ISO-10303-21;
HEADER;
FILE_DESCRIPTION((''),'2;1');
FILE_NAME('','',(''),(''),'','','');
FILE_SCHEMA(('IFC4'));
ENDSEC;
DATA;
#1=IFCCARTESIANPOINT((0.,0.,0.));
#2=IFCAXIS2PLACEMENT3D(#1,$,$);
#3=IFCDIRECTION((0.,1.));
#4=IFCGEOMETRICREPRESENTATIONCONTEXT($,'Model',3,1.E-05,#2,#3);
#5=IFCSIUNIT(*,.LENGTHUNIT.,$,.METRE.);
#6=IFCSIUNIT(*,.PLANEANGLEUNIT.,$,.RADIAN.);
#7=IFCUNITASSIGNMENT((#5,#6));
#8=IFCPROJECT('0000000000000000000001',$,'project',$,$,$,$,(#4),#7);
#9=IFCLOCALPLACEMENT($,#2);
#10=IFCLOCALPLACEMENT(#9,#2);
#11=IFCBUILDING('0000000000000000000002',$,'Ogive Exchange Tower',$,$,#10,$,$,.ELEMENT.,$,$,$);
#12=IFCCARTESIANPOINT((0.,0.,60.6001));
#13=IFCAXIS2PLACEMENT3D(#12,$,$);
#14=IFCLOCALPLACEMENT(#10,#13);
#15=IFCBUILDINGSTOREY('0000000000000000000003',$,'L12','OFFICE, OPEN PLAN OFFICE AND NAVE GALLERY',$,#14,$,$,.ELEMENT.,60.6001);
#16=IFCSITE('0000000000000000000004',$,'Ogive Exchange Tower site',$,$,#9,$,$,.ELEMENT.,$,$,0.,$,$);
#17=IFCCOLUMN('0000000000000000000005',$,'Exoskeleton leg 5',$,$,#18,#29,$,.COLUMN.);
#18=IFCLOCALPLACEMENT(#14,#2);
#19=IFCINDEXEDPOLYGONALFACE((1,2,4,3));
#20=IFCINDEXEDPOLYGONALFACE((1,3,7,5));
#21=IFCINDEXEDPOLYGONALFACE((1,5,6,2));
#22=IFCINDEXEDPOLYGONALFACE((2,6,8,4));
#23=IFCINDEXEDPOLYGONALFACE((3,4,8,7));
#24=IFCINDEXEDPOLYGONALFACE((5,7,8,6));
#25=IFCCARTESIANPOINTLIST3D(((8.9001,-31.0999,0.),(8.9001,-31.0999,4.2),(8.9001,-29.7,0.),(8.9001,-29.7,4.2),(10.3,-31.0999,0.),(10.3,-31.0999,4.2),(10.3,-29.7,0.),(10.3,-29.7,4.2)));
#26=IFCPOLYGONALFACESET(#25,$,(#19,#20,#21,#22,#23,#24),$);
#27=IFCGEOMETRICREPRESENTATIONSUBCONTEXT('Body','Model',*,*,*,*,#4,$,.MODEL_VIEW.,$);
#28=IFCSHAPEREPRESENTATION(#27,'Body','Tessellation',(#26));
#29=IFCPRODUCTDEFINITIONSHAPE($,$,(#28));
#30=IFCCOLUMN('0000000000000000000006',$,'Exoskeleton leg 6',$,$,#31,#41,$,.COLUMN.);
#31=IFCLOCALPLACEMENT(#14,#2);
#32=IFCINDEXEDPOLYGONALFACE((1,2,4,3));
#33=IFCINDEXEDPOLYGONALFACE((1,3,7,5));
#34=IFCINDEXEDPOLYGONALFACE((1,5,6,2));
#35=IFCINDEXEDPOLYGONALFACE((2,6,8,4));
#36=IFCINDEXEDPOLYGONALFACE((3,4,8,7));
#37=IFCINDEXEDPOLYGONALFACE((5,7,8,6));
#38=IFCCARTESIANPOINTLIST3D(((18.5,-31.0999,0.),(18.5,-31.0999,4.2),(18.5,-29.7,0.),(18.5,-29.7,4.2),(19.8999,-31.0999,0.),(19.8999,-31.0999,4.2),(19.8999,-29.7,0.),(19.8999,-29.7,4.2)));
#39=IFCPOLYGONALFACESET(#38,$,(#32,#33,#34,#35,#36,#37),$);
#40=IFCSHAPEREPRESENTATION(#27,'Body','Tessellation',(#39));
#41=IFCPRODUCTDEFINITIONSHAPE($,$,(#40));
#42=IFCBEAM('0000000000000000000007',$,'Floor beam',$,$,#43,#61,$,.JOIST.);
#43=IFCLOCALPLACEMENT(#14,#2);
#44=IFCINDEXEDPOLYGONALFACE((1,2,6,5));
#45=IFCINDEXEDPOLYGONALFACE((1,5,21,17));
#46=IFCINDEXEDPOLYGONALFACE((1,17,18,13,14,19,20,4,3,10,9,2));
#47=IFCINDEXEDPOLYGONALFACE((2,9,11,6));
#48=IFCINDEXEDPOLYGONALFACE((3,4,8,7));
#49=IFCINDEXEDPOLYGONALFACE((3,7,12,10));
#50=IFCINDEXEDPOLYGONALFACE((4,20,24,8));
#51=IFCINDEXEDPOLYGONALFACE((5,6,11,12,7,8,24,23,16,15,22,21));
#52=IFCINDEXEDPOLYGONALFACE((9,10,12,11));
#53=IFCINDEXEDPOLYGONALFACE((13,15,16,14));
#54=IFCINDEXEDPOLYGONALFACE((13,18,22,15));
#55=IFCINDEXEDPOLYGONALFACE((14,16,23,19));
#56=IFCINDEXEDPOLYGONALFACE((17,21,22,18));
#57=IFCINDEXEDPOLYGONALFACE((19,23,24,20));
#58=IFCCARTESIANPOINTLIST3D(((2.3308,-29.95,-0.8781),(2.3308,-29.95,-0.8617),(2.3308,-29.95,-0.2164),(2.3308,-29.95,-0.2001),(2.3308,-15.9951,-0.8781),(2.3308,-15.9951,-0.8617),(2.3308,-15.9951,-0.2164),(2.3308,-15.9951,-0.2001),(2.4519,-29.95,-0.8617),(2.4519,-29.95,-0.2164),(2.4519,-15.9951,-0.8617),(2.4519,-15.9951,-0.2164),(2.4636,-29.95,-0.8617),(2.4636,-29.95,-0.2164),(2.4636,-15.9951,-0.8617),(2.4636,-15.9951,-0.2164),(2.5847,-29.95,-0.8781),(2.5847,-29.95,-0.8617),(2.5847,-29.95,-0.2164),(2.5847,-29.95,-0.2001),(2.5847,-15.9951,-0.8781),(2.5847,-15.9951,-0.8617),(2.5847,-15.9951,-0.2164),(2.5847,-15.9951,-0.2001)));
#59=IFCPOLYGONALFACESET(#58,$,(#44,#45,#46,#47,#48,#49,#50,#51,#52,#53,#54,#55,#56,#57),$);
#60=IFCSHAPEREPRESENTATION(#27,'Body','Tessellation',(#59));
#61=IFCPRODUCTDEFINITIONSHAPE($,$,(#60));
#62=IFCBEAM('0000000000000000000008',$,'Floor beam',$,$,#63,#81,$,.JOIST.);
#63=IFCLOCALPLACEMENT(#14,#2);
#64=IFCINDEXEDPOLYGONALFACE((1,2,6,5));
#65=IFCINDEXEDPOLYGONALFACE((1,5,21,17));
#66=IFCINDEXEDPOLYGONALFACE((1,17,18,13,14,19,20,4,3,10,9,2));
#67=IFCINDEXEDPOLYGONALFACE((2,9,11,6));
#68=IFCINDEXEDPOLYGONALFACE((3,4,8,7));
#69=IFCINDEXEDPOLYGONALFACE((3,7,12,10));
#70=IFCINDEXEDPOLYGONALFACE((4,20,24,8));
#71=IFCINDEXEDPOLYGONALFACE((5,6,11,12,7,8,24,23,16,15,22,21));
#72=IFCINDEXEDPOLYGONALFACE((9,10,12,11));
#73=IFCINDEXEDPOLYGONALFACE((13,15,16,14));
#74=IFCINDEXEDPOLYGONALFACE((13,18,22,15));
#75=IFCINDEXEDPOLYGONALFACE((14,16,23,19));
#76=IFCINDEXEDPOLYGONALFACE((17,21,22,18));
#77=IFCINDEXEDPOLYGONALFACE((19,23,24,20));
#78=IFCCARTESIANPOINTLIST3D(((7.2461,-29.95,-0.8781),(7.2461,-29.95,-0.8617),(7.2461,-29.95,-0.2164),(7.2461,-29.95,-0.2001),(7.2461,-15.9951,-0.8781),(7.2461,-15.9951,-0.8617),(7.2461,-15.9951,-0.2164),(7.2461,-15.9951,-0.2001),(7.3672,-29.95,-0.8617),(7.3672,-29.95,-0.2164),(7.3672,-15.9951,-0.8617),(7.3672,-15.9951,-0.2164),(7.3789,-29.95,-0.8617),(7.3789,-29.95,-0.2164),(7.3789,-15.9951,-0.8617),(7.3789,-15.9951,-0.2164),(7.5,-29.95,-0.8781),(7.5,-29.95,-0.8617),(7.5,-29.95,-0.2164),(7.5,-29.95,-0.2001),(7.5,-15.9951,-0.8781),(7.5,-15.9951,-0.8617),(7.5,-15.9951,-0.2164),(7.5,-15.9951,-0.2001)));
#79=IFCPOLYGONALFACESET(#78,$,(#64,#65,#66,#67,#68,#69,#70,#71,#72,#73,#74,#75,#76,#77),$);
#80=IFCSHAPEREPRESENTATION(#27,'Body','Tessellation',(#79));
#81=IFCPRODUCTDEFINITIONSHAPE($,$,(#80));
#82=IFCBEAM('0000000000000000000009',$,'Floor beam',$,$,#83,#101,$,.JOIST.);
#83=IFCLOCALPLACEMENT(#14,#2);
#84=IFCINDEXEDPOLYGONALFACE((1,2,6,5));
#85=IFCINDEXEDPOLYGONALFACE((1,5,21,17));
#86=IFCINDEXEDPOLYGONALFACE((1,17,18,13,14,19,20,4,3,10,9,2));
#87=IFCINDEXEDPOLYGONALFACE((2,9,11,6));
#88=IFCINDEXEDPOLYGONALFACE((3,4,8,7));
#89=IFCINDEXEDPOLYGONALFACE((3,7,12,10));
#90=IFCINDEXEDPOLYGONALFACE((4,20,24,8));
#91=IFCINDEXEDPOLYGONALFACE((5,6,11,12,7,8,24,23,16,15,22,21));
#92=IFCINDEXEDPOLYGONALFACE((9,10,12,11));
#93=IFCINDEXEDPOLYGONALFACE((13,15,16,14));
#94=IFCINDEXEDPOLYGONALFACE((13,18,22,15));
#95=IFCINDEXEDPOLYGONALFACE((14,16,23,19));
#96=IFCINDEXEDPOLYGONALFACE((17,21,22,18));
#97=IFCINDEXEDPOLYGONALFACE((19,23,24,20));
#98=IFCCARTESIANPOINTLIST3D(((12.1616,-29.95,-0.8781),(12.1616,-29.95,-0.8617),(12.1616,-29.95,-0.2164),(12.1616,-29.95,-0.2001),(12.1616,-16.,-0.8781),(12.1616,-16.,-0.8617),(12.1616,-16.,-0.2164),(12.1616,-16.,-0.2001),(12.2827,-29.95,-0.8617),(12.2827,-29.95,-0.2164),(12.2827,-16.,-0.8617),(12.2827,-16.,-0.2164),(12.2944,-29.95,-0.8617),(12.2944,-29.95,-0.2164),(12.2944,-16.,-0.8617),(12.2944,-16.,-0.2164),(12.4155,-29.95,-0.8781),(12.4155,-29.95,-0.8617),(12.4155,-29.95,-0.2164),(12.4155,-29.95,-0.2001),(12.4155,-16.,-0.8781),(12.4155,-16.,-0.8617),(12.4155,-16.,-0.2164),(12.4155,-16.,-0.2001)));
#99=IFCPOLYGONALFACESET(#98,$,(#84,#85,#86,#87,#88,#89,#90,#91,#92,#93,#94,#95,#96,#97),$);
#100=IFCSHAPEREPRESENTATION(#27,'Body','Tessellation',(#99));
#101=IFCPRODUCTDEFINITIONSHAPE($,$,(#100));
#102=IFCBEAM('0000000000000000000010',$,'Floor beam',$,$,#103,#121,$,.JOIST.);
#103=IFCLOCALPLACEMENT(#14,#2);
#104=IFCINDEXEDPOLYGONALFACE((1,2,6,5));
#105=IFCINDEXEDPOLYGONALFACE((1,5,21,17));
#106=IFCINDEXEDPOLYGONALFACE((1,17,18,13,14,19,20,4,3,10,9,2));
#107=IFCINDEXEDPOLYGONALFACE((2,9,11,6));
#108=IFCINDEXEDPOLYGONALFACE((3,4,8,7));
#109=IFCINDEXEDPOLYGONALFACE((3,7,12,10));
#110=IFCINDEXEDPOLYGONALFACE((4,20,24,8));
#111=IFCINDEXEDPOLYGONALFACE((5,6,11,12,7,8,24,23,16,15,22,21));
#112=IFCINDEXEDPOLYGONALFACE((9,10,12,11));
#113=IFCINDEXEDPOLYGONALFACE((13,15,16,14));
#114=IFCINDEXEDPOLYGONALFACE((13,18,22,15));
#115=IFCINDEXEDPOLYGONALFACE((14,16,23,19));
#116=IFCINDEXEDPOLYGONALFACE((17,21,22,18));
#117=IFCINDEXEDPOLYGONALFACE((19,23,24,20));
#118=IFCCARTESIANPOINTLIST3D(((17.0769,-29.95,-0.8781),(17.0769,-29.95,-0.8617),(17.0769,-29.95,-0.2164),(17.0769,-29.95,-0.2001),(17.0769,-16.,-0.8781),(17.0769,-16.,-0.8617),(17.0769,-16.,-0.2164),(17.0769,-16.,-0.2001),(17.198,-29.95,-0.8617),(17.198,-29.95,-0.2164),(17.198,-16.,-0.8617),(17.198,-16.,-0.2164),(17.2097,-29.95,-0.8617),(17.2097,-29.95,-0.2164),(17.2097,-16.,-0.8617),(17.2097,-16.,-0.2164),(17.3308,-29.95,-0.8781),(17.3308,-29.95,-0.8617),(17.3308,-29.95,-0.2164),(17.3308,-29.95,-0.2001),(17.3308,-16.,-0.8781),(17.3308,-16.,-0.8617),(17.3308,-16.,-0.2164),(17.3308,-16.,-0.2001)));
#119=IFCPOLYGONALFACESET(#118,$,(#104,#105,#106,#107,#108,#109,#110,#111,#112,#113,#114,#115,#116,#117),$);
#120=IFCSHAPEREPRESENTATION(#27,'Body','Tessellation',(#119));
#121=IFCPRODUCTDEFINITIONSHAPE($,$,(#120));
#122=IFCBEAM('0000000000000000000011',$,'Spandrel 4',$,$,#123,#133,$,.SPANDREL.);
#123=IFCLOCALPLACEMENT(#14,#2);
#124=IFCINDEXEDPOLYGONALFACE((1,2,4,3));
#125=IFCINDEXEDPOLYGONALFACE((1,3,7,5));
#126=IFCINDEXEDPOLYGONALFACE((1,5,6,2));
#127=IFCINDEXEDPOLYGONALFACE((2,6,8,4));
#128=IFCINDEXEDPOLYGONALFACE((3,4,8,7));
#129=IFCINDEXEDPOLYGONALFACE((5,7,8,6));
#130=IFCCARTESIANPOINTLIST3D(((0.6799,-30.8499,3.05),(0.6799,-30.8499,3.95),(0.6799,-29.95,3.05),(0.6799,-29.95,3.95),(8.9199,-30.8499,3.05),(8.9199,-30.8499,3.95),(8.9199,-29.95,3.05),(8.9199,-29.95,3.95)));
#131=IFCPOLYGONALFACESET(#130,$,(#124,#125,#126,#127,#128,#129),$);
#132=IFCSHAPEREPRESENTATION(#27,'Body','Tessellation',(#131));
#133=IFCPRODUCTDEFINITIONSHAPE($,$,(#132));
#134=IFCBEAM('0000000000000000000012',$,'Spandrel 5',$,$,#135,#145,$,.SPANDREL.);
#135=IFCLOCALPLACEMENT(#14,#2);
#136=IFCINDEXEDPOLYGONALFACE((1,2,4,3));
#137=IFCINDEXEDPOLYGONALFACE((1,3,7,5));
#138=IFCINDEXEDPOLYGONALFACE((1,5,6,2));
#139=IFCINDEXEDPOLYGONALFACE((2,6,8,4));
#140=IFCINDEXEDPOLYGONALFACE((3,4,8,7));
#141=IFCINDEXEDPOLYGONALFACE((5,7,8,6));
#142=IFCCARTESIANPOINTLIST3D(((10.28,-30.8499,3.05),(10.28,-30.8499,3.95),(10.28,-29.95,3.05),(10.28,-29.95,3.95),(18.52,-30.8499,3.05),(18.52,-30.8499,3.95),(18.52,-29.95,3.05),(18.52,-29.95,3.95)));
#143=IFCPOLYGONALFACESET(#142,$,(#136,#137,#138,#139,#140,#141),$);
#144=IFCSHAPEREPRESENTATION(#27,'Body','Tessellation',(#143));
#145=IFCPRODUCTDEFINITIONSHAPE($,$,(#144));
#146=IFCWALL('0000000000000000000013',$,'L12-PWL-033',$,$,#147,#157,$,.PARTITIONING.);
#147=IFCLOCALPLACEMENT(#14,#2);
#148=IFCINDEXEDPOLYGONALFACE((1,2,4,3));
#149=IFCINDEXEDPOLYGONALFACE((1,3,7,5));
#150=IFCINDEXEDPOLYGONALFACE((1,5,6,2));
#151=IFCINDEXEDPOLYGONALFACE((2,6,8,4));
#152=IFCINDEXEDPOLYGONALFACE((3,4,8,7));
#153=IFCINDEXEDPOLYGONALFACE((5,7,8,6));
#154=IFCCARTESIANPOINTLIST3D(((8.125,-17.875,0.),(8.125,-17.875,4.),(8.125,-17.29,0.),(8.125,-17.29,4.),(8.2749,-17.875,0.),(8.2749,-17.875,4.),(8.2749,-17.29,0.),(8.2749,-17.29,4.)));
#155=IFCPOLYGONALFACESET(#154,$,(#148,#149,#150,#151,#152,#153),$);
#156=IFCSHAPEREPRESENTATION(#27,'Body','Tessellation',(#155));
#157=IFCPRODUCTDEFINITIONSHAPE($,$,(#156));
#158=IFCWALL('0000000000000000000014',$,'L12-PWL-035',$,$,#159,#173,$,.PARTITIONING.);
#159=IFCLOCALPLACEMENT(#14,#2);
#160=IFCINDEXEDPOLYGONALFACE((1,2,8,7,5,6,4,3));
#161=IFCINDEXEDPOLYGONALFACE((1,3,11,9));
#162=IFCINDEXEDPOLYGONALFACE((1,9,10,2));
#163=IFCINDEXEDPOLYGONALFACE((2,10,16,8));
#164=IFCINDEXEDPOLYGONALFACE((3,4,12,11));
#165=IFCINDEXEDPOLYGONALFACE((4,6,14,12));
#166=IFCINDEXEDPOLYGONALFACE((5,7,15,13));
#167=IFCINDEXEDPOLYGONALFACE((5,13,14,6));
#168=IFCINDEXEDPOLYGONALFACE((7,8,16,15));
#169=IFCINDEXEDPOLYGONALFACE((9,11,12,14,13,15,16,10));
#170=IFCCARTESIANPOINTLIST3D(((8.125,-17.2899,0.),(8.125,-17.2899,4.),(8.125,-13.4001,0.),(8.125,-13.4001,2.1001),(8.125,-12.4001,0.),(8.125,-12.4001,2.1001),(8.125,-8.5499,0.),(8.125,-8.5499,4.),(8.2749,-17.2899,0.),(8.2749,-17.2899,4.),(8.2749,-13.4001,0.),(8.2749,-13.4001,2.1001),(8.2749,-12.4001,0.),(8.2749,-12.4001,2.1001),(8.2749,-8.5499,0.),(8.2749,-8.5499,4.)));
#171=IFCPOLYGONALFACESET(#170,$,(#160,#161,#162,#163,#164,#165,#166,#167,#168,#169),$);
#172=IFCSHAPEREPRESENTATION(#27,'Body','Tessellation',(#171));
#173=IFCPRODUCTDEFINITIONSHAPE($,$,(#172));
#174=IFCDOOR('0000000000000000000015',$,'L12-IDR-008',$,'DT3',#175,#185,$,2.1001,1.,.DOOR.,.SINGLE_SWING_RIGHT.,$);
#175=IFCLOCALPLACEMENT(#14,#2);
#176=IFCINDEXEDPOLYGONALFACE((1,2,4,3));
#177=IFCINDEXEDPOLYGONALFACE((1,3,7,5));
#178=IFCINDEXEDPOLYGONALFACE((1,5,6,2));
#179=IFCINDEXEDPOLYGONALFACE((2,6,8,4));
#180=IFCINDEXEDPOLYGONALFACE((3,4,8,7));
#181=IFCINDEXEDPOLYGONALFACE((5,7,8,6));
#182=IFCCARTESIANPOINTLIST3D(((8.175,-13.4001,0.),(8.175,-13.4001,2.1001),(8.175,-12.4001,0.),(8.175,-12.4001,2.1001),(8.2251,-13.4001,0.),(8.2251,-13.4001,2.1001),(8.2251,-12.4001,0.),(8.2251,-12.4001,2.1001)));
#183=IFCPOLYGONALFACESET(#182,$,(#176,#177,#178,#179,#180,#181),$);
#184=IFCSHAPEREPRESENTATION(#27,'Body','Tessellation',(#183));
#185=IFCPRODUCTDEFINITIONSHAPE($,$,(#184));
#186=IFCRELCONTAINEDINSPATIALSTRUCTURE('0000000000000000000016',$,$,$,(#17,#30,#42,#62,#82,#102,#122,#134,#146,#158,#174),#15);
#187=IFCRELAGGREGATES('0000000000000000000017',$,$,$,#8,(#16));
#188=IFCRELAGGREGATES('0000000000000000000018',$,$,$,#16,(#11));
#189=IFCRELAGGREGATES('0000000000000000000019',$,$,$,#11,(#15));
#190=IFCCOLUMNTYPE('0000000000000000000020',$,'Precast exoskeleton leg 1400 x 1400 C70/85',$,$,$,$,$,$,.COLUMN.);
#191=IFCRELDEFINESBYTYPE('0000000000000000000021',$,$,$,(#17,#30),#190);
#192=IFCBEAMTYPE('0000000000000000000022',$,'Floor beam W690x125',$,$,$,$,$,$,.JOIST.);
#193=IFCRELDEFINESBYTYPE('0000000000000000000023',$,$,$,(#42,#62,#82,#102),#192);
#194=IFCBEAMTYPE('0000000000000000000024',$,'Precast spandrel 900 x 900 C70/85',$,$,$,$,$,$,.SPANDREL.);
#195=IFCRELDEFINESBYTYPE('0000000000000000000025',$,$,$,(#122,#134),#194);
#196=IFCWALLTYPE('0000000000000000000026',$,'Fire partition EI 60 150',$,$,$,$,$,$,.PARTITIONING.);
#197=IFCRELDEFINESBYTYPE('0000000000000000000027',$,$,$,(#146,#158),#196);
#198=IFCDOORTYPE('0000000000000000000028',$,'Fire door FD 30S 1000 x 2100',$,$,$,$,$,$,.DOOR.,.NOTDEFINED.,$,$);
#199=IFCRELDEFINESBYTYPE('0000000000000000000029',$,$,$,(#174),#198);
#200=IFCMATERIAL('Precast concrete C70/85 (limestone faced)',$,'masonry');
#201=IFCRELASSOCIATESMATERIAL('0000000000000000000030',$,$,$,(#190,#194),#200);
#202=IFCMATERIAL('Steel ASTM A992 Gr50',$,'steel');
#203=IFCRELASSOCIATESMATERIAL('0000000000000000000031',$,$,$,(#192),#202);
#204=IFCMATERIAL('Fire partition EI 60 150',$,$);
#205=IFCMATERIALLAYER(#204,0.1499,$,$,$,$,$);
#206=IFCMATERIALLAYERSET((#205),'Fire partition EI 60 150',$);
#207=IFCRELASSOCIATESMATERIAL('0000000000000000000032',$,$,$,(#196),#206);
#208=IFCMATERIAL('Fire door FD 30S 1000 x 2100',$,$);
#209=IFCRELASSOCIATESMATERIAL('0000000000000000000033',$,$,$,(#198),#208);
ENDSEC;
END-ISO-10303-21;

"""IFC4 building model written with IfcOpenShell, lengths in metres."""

from ifc_helpers import new_model, si_unit, direction, frame, frame_2d, origin, origin_2d, place, context, subcontext, project, spatial, rectangle, i_section, extrude, material, layer, layer_set, material_profile, profile_set, type_object, element, fill, save


model = new_model("IFC4")

# Units and contexts
model_context = context("Model", 3, precision=1e-05, world=origin(), true_north=direction((0.0, 1.0)))
body_context = subcontext(model_context, "Body", "Model", "MODEL_VIEW")
ifc_project = project(units=[si_unit("LENGTHUNIT", "METRE"), si_unit("PLANEANGLEUNIT", "RADIAN")], contexts=[model_context])

# Site, building, storey
site_placement = place(None, origin())
site = spatial("IfcSite", under=ifc_project, at=site_placement, Name="Ogive Exchange Tower site", CompositionType="ELEMENT", RefElevation=0.0)
building_placement = place(site_placement, origin())
building = spatial("IfcBuilding", under=site, at=building_placement, Name="Ogive Exchange Tower", CompositionType="ELEMENT")
storey_placement = place(building_placement, frame((0.0, 0.0, 60.6001)))
storey = spatial("IfcBuildingStorey", under=building, at=storey_placement, Name="L12", Description="OFFICE, OPEN PLAN OFFICE AND NAVE GALLERY", CompositionType="ELEMENT", Elevation=60.6001)

# Columns
ifc_material_1 = material(Name="Precast concrete C70/85 (limestone faced)", Category="masonry")
ifc_material_profile_1 = material_profile(ifc_material_1, rectangle(XDim=1.3999, YDim=1.3999, at=origin_2d()), Name="1400 x 1400")
ifc_profile_set_1 = profile_set([ifc_material_profile_1], Name="Precast concrete C70/85 (limestone faced)")
column_type = type_object("IfcColumnType", Name="Precast exoskeleton leg 1400 x 1400 C70/85", PredefinedType="COLUMN", material=ifc_profile_set_1)
for number, where, z_axis, x_axis, name in (
    (1, (9.6001, -30.3999, 0.0), (0.0, 0.0, 1.0), (1.0, 0.0, 0.0), "Exoskeleton leg 5"),
    (2, (19.2, -30.3999, 0.0), (0.0, 0.0, 1.0), (1.0, 0.0, 0.0), "Exoskeleton leg 6"),
):
    element("IfcColumn", number, at=place(storey_placement, frame(where, z_axis=z_axis, x_axis=x_axis)), inside=storey, type_object=column_type, Name=name, PredefinedType="COLUMN", context=body_context, shape_type="SweptSolid", body=[
        extrude(rectangle(XDim=1.3999, YDim=1.3999, at=origin_2d()), origin(), (0.0, 0.0, 1.0), 4.2),
    ])

# Beams
ifc_material_2 = material(Name="Steel ASTM A992 Gr50", Category="steel")
ifc_material_profile_2 = material_profile(ifc_material_2, i_section(OverallWidth=0.2539, OverallDepth=0.678, WebThickness=0.0117, FlangeThickness=0.0164, at=origin_2d()), Name="W690x125")
ifc_profile_set_2 = profile_set([ifc_material_profile_2], Name="Steel ASTM A992 Gr50")
beam_type_1 = type_object("IfcBeamType", Name="Floor beam W690x125", PredefinedType="JOIST", material=ifc_profile_set_2)
for number, where, z_axis, x_axis, name in (
    (3, (2.4578, -29.95, -0.5391), (0.0, 1.0, 0.0), (-1.0, 0.0, 0.0), "Floor beam"),
    (4, (7.373, -29.95, -0.5391), (0.0, 1.0, 0.0), (-1.0, 0.0, 0.0), "Floor beam"),
):
    element("IfcBeam", number, at=place(storey_placement, frame(where, z_axis=z_axis, x_axis=x_axis)), inside=storey, type_object=beam_type_1, Name=name, PredefinedType="JOIST", context=body_context, shape_type="SweptSolid", body=[
        extrude(i_section(OverallWidth=0.2539, OverallDepth=0.678, WebThickness=0.0117, FlangeThickness=0.0164, at=origin_2d()), origin(), (0.0, 0.0, 1.0), 13.9548),
    ])
for number, where, z_axis, x_axis, name in (
    (5, (12.2886, -29.95, -0.5391), (0.0, 1.0, 0.0), (-1.0, 0.0, 0.0), "Floor beam"),
    (6, (17.2039, -29.95, -0.5391), (0.0, 1.0, 0.0), (-1.0, 0.0, 0.0), "Floor beam"),
):
    element("IfcBeam", number, at=place(storey_placement, frame(where, z_axis=z_axis, x_axis=x_axis)), inside=storey, type_object=beam_type_1, Name=name, PredefinedType="JOIST", context=body_context, shape_type="SweptSolid", body=[
        extrude(i_section(OverallWidth=0.2539, OverallDepth=0.678, WebThickness=0.0117, FlangeThickness=0.0164, at=origin_2d()), origin(), (0.0, 0.0, 1.0), 13.95),
    ])
ifc_material_profile_3 = material_profile(ifc_material_1, rectangle(XDim=0.8999, YDim=0.8999, at=origin_2d()), Name="900 x 900")
ifc_profile_set_3 = profile_set([ifc_material_profile_3], Name="Precast concrete C70/85 (limestone faced)")
beam_type_2 = type_object("IfcBeamType", Name="Precast spandrel 900 x 900 C70/85", PredefinedType="SPANDREL", material=ifc_profile_set_3)
for number, where, z_axis, x_axis, name in (
    (7, (0.6799, -30.3999, 3.5), (1.0, 0.0, 0.0), (0.0, 1.0, 0.0), "Spandrel 4"),
    (8, (10.28, -30.3999, 3.5), (1.0, 0.0, 0.0), (0.0, 1.0, 0.0), "Spandrel 5"),
):
    element("IfcBeam", number, at=place(storey_placement, frame(where, z_axis=z_axis, x_axis=x_axis)), inside=storey, type_object=beam_type_2, Name=name, PredefinedType="SPANDREL", context=body_context, shape_type="SweptSolid", body=[
        extrude(rectangle(XDim=0.8999, YDim=0.8999, at=origin_2d()), origin(), (0.0, 0.0, 1.0), 8.24),
    ])

# Wall
ifc_material_3 = material(Name="Fire partition EI 60 150")
ifc_layer_1 = layer(ifc_material_3, 0.1499)
ifc_layer_set_1 = layer_set([ifc_layer_1], Name="Fire partition EI 60 150")
wall_type_1 = type_object("IfcWallType", Name="Fire partition EI 60 150", PredefinedType="PARTITIONING", material=ifc_layer_set_1)
wall_1_placement = place(storey_placement, frame((8.2, -17.875, 0.0), z_axis=(0.0, 0.0, 1.0), x_axis=(0.0, 1.0, 0.0)))
element("IfcWall", 9, at=wall_1_placement, inside=storey, type_object=wall_type_1, Name="L12-PWL-033", PredefinedType="PARTITIONING", context=body_context, shape_type="SweptSolid", body=[
    extrude(rectangle(XDim=0.585, YDim=0.1499, at=frame_2d((0.2925, 0.0))), origin(), (0.0, 0.0, 1.0), 4.0),
])

# Wall, opening, door
wall_2_placement = place(storey_placement, frame((8.2, -17.29, 0.0), z_axis=(0.0, 0.0, 1.0), x_axis=(0.0, 1.0, 0.0)))
wall_2 = element("IfcWall", 10, at=wall_2_placement, inside=storey, type_object=wall_type_1, Name="L12-PWL-035", PredefinedType="PARTITIONING", context=body_context, shape_type="SweptSolid", body=[
    extrude(rectangle(XDim=8.74, YDim=0.1499, at=frame_2d((4.3701, 0.0))), origin(), (0.0, 0.0, 1.0), 4.0),
])
opening_1_placement = place(wall_2_placement, frame((3.8899, 0.0, 0.0)))
opening_1 = element("IfcOpeningElement", 11, at=opening_1_placement, cuts=wall_2, PredefinedType="OPENING", context=body_context, shape_type="SweptSolid", body=[
    extrude(rectangle(XDim=1.0, YDim=2.1001, at=frame_2d((0.5, 1.05))), frame((0.0, 0.085, 0.0), z_axis=(0.0, -1.0, 0.0), x_axis=(1.0, 0.0, 0.0)), (0.0, 0.0, 1.0), 0.1699),
])
ifc_material_4 = material(Name="Fire door FD 30S 1000 x 2100")
door_type_1 = type_object("IfcDoorType", Name="Fire door FD 30S 1000 x 2100", OperationType="NOTDEFINED", PredefinedType="DOOR", material=ifc_material_4)
door_1_placement = place(opening_1_placement, origin())
door_1 = element("IfcDoor", 12, at=door_1_placement, inside=storey, type_object=door_type_1, Name="L12-IDR-008", ObjectType="DT3", OperationType="SINGLE_SWING_RIGHT", OverallHeight=2.1001, OverallWidth=1.0, PredefinedType="DOOR", context=body_context, shape_type="SweptSolid", body=[
    extrude(rectangle(XDim=1.0, YDim=2.1001, at=frame_2d((0.5, 1.05))), frame((0.0, 0.0249, 0.0), z_axis=(0.0, -1.0, 0.0), x_axis=(1.0, 0.0, 0.0)), (0.0, 0.0, 1.0), 0.05),
])
fill(opening_1, door_1)

save(model, "model.ifc")
